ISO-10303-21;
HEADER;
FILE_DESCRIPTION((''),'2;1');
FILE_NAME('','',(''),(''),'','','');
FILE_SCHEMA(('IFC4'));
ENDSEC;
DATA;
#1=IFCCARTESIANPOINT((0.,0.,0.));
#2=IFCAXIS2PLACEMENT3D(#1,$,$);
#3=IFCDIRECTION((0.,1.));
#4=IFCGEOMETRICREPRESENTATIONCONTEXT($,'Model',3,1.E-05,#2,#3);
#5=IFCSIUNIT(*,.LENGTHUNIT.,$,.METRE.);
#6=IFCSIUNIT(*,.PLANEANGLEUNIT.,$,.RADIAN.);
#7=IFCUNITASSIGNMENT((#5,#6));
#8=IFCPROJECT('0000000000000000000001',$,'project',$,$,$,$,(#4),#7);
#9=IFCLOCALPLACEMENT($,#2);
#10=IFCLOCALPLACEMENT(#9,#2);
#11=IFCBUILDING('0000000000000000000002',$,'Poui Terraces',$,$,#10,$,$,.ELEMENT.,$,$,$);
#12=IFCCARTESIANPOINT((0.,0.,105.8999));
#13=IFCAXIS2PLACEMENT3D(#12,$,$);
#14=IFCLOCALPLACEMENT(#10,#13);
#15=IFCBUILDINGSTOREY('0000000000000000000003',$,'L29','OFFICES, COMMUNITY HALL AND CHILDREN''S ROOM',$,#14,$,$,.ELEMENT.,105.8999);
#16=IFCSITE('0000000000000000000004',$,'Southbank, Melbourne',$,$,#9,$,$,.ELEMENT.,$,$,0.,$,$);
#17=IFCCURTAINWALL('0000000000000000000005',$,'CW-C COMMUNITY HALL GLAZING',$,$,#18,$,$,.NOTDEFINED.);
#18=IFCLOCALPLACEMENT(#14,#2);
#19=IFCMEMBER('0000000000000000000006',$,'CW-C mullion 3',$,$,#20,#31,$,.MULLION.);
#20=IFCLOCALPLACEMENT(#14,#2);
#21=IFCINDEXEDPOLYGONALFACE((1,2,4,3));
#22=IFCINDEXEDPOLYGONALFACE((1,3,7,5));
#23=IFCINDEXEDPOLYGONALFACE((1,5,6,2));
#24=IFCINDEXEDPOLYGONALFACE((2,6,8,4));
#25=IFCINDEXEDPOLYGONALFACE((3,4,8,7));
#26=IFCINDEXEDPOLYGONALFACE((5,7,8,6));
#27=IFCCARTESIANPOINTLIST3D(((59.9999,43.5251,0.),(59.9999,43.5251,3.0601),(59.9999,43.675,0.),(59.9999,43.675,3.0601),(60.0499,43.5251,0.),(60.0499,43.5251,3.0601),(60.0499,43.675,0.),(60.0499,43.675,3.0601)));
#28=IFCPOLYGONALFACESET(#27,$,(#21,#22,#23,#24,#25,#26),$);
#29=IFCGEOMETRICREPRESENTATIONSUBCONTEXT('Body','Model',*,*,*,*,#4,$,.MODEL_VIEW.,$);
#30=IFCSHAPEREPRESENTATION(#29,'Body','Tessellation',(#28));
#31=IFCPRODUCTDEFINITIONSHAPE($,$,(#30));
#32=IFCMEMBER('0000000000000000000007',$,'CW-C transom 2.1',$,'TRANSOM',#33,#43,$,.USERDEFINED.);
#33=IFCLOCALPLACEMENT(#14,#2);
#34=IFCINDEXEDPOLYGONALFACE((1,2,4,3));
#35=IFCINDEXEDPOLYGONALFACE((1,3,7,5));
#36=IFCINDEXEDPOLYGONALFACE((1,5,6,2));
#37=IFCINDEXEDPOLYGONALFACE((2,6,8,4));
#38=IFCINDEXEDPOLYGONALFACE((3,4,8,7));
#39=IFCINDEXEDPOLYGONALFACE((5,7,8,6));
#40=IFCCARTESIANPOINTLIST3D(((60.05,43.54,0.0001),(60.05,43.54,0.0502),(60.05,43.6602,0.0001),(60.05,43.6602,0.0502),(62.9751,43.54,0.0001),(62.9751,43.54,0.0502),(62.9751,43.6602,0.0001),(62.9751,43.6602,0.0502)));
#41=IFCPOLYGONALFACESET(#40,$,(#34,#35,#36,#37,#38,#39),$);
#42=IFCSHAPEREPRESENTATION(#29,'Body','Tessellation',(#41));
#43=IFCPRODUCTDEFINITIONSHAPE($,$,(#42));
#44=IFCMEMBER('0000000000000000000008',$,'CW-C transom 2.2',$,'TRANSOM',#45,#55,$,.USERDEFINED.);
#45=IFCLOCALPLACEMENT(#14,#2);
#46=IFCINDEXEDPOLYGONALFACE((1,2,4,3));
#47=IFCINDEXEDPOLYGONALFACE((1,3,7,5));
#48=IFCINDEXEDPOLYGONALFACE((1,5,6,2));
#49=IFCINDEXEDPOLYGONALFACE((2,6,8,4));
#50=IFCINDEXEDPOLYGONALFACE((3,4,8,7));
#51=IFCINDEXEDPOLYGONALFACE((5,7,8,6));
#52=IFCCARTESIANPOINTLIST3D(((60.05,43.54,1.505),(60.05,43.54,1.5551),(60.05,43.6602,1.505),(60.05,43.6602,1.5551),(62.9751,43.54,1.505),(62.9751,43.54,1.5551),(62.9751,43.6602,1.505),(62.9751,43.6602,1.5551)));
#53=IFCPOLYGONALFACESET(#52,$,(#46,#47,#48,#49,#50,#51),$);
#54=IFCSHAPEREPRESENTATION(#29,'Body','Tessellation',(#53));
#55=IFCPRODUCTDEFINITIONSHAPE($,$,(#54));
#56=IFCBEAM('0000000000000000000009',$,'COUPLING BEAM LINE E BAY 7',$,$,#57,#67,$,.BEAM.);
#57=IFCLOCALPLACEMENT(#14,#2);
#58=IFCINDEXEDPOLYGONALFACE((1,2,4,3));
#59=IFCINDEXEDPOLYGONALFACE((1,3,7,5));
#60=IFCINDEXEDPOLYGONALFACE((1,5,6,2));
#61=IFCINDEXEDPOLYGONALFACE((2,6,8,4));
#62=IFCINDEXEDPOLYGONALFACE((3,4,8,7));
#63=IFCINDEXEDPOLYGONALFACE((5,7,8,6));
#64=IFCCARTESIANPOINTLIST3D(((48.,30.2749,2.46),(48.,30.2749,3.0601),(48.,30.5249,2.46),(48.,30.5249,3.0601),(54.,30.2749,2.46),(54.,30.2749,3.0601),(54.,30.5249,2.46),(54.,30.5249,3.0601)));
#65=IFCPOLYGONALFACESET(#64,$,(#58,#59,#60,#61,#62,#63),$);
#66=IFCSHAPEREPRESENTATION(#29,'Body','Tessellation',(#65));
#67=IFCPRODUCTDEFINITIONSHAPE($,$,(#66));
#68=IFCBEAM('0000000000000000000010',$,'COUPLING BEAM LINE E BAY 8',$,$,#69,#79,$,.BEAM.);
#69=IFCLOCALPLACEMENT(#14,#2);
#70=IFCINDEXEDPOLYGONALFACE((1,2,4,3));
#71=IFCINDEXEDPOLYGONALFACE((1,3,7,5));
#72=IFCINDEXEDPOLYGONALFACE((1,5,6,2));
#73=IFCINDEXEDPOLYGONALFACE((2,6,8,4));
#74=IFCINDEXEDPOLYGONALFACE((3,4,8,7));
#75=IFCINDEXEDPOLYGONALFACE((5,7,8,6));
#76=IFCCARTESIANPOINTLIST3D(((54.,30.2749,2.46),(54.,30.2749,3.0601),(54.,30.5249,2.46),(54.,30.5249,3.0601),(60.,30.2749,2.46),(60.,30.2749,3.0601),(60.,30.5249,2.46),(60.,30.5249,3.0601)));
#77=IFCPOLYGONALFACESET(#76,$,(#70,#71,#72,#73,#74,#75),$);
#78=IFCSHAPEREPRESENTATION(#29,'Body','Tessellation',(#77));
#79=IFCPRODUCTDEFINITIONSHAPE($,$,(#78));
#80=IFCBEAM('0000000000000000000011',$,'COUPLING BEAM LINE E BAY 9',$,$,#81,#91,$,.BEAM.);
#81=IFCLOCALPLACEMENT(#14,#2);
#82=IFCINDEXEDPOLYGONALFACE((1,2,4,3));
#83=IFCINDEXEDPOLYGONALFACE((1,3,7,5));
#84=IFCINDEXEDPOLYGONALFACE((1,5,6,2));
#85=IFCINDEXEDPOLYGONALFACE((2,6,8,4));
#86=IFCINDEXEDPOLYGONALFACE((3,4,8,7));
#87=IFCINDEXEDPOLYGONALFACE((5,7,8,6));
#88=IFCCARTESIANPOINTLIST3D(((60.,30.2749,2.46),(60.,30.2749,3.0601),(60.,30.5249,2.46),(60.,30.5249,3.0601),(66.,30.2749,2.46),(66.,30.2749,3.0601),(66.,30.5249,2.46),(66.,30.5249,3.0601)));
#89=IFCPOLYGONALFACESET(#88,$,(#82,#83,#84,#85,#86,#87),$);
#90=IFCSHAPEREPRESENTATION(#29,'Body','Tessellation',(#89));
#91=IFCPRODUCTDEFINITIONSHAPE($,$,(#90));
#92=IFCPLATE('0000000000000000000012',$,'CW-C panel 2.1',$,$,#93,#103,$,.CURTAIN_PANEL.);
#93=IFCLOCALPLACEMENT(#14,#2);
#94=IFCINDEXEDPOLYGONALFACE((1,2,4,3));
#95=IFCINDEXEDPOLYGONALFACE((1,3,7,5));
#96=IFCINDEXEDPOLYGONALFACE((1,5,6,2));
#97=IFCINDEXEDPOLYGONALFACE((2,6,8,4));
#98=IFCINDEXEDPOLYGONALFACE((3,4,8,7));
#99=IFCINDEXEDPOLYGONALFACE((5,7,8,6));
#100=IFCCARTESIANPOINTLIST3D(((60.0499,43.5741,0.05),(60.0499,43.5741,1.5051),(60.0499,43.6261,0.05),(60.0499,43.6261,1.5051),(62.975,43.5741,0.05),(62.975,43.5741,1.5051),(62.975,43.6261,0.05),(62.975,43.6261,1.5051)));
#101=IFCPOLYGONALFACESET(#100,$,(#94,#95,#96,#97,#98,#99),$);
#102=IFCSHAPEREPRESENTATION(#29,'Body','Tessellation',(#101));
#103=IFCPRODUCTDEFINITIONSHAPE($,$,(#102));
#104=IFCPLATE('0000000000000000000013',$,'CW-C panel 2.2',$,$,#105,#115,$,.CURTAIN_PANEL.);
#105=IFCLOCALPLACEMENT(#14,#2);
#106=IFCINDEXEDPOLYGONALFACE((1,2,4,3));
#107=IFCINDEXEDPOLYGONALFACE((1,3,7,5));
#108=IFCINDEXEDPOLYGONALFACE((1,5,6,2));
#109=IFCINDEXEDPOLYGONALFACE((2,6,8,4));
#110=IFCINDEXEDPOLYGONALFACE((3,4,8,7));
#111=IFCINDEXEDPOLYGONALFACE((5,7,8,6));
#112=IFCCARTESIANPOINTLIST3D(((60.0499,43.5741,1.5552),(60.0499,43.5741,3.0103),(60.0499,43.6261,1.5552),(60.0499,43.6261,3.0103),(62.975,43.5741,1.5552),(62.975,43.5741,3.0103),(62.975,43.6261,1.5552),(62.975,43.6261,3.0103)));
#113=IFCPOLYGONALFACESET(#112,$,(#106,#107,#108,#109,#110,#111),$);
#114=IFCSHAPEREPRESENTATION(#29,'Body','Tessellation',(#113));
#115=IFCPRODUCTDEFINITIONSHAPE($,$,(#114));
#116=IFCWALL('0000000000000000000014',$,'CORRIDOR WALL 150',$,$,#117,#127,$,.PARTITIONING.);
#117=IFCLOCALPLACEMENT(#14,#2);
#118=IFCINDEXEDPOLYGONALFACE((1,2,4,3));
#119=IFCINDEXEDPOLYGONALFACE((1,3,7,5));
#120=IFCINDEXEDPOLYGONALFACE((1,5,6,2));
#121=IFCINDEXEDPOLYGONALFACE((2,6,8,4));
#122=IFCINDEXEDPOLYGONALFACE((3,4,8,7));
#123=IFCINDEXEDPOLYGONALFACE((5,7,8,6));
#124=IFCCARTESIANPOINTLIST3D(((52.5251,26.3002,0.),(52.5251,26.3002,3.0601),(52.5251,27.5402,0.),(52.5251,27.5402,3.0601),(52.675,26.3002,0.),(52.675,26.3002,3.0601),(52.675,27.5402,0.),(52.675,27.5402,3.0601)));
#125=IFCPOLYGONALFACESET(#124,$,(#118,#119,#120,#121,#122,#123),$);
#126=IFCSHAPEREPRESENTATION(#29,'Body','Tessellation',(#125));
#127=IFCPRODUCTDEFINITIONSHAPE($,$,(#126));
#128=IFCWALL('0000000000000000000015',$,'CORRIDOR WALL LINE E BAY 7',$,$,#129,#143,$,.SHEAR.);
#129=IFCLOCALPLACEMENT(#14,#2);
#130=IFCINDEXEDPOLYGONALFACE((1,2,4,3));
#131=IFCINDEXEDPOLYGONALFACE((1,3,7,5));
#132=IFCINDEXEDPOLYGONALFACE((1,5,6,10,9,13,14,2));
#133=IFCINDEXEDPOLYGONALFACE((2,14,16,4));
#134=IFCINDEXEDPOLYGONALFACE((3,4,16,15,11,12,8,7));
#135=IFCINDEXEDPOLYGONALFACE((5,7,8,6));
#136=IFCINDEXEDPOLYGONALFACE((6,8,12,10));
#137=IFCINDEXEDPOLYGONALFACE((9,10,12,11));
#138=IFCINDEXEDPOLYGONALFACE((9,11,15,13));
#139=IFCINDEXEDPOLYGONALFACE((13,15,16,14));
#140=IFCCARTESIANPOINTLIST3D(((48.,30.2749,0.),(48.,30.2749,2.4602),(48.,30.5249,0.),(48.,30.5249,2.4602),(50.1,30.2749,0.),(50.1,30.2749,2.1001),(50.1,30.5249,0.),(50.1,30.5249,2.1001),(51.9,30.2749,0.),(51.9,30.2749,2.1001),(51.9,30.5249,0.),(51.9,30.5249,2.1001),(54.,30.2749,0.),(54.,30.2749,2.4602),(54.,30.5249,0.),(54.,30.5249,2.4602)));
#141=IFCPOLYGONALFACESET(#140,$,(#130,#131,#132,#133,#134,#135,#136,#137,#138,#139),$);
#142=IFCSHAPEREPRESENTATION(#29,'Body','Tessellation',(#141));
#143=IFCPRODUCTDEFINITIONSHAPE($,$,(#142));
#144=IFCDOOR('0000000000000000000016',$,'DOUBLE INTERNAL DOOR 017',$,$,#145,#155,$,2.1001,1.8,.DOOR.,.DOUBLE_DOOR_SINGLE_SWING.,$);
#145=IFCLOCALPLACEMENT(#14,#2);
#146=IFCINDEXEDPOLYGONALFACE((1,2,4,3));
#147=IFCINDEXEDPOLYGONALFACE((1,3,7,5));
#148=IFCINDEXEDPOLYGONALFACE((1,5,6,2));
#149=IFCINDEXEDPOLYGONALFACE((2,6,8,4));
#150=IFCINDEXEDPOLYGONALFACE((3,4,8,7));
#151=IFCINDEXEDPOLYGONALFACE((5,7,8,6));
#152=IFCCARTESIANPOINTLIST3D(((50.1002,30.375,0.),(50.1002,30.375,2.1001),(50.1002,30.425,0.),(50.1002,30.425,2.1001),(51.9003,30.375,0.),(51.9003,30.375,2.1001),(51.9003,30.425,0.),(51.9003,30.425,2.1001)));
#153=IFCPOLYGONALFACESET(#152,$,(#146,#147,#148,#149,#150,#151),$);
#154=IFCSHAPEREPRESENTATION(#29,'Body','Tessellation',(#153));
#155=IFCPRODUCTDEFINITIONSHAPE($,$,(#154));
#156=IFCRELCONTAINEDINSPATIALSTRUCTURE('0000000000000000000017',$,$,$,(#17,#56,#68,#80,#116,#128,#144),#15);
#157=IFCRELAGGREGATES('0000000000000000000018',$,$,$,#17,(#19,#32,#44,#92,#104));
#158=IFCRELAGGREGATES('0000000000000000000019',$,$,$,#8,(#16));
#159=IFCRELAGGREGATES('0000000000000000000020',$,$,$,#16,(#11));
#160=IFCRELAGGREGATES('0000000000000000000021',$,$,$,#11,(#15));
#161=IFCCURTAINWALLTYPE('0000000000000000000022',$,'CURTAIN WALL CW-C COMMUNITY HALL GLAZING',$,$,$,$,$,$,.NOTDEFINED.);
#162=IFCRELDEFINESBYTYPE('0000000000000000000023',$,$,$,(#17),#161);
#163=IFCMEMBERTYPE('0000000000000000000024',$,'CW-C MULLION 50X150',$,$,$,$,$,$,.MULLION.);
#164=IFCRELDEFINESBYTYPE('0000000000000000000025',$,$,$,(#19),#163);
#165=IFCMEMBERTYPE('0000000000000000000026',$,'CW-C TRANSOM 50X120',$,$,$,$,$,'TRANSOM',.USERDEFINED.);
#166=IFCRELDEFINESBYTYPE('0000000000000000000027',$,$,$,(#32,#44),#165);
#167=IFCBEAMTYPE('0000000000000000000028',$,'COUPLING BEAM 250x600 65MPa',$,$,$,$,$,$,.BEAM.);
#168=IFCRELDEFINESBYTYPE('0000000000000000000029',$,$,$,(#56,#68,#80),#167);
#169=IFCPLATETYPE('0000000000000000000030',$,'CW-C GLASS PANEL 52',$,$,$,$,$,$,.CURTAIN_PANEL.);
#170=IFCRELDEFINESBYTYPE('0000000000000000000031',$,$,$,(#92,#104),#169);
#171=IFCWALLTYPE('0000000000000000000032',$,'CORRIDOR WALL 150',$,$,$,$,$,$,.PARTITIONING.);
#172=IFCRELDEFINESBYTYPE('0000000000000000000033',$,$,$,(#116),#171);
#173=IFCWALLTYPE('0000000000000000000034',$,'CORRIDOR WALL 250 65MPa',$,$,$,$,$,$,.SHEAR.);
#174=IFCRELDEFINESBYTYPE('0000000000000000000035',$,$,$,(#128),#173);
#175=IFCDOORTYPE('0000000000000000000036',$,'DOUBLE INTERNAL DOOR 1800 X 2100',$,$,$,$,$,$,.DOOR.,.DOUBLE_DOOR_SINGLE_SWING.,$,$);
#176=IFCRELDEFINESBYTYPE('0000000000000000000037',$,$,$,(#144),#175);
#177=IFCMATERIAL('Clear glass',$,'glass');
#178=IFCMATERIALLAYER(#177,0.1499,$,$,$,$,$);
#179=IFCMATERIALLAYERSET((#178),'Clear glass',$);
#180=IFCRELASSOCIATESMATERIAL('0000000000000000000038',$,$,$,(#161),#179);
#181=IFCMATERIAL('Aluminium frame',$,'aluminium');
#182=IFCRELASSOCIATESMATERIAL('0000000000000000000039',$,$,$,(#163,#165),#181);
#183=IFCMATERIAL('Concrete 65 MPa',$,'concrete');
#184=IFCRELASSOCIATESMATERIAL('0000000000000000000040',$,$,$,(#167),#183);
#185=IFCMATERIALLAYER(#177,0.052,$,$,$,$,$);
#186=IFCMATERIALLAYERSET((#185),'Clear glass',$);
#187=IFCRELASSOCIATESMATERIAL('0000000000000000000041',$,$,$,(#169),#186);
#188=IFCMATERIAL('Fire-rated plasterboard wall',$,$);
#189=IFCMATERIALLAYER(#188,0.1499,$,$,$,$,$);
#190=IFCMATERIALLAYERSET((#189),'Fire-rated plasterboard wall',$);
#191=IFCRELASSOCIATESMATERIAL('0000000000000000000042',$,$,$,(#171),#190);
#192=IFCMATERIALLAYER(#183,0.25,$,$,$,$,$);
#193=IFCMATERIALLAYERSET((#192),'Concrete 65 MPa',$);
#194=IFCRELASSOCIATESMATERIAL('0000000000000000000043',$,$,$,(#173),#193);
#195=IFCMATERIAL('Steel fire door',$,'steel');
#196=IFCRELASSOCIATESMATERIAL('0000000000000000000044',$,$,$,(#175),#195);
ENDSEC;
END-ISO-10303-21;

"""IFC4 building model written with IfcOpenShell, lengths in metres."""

from ifc_helpers import new_model, si_unit, direction, frame, frame_2d, origin, origin_2d, place, context, subcontext, project, spatial, rectangle, extrude, source, transform, mapped, material, layer, layer_set, material_profile, profile_set, type_object, element, fill, aggregate, save


model = new_model("IFC4")

# Units and contexts
model_context = context("Model", 3, precision=1e-05, world=origin(), true_north=direction((0.0, 1.0)))
body_context = subcontext(model_context, "Body", "Model", "MODEL_VIEW")
ifc_project = project(units=[si_unit("LENGTHUNIT", "METRE"), si_unit("PLANEANGLEUNIT", "RADIAN")], contexts=[model_context])

# Site, building, storey
site_placement = place(None, origin())
site = spatial("IfcSite", under=ifc_project, at=site_placement, Name="Southbank, Melbourne", CompositionType="ELEMENT", RefElevation=0.0)
building_placement = place(site_placement, origin())
building = spatial("IfcBuilding", under=site, at=building_placement, Name="Poui Terraces", CompositionType="ELEMENT")
storey_placement = place(building_placement, frame((0.0, 0.0, 105.8999)))
storey = spatial("IfcBuildingStorey", under=building, at=storey_placement, Name="L29", Description="OFFICES, COMMUNITY HALL AND CHILDREN'S ROOM", CompositionType="ELEMENT", Elevation=105.8999)

# Curtain wall, members
ifc_material_1 = material(Name="Clear glass", Category="glass")
ifc_layer_1 = layer(ifc_material_1, 0.1499)
ifc_layer_set_1 = layer_set([ifc_layer_1], Name="Clear glass")
curtain_wall_type = type_object("IfcCurtainWallType", Name="CURTAIN WALL CW-C COMMUNITY HALL GLAZING", PredefinedType="NOTDEFINED", material=ifc_layer_set_1)
curtain_wall_placement = place(storey_placement, origin())
curtain_wall = element("IfcCurtainWall", 1, at=curtain_wall_placement, inside=storey, type_object=curtain_wall_type, Name="CW-C COMMUNITY HALL GLAZING", PredefinedType="NOTDEFINED")
ifc_material_2 = material(Name="Aluminium frame", Category="aluminium")
ifc_material_profile_1 = material_profile(ifc_material_2, rectangle(XDim=0.1499, YDim=0.05, at=origin_2d()), Name="CW-C MULLION 50X150")
ifc_profile_set_1 = profile_set([ifc_material_profile_1], Name="Aluminium frame")
member_type_1 = type_object("IfcMemberType", Name="CW-C MULLION 50X150", PredefinedType="MULLION", material=ifc_profile_set_1)
member_1_placement = place(storey_placement, frame((60.0249, 43.6001, 0.0), z_axis=(0.0, 0.0, 1.0), x_axis=(0.0, -1.0, 0.0)))
member_1 = element("IfcMember", 2, at=member_1_placement, type_object=member_type_1, Name="CW-C mullion 3", PredefinedType="MULLION", context=body_context, shape_type="SweptSolid", body=[
    extrude(rectangle(XDim=0.1499, YDim=0.05, at=origin_2d()), origin(), (0.0, 0.0, 1.0), 3.0601),
])
ifc_material_profile_2 = material_profile(ifc_material_2, rectangle(XDim=0.1201, YDim=0.05, at=origin_2d()), Name="CW-C TRANSOM 50X120")
ifc_profile_set_2 = profile_set([ifc_material_profile_2], Name="Aluminium frame")
member_type_2 = type_object("IfcMemberType", Name="CW-C TRANSOM 50X120", ElementType="TRANSOM", PredefinedType="USERDEFINED", material=ifc_profile_set_2)
member_2_placement = place(storey_placement, frame((62.9751, 43.6001, 0.0251), z_axis=(-1.0, 0.0, 0.0), x_axis=(0.0, -1.0, 0.0)))
member_2 = element("IfcMember", 3, at=member_2_placement, type_object=member_type_2, Name="CW-C transom 2.1", ObjectType="TRANSOM", PredefinedType="USERDEFINED", context=body_context, shape_type="SweptSolid", body=[
    extrude(rectangle(XDim=0.1201, YDim=0.05, at=origin_2d()), origin(), (0.0, 0.0, 1.0), 2.925),
])
member_3_placement = place(storey_placement, frame((62.9751, 43.6001, 1.53), z_axis=(-1.0, 0.0, 0.0), x_axis=(0.0, -1.0, 0.0)))
member_3 = element("IfcMember", 4, at=member_3_placement, type_object=member_type_2, Name="CW-C transom 2.2", ObjectType="TRANSOM", PredefinedType="USERDEFINED", context=body_context, shape_type="SweptSolid", body=[
    extrude(rectangle(XDim=0.1201, YDim=0.05, at=origin_2d()), origin(), (0.0, 0.0, 1.0), 2.925),
])

# Beams
ifc_material_3 = material(Name="Concrete 65 MPa", Category="concrete")
ifc_material_profile_3 = material_profile(ifc_material_3, rectangle(XDim=0.25, YDim=0.6001, at=origin_2d()), Name="RC 250x600")
ifc_profile_set_3 = profile_set([ifc_material_profile_3], Name="Concrete 65 MPa")
beam_type = type_object("IfcBeamType", Name="COUPLING BEAM 250x600 65MPa", PredefinedType="BEAM", material=ifc_profile_set_3)
shared_shape = source(origin(), body_context, "Body", "SweptSolid", [
    extrude(rectangle(XDim=0.25, YDim=0.6001, at=origin_2d()), origin(), (0.0, 0.0, 1.0), 6.0),
])
for number, where, z_axis, x_axis, name in (
    (5, (48.0, 30.3999, 2.76), (1.0, 0.0, 0.0), (0.0, 1.0, 0.0), "COUPLING BEAM LINE E BAY 7"),
    (6, (54.0, 30.3999, 2.76), (1.0, 0.0, 0.0), (0.0, 1.0, 0.0), "COUPLING BEAM LINE E BAY 8"),
    (7, (60.0, 30.3999, 2.76), (1.0, 0.0, 0.0), (0.0, 1.0, 0.0), "COUPLING BEAM LINE E BAY 9"),
):
    element("IfcBeam", number, at=place(storey_placement, frame(where, z_axis=z_axis, x_axis=x_axis)), inside=storey, type_object=beam_type, Name=name, PredefinedType="BEAM", context=body_context, shape_type="MappedRepresentation", body=[
        mapped(shared_shape, transform((0.0, 0.0, 0.0))),
    ])

# Plates
ifc_layer_2 = layer(ifc_material_1, 0.052)
ifc_layer_set_2 = layer_set([ifc_layer_2], Name="Clear glass")
plate_type = type_object("IfcPlateType", Name="CW-C GLASS PANEL 52", PredefinedType="CURTAIN_PANEL", material=ifc_layer_set_2)
plate_1_placement = place(storey_placement, frame((61.5125, 43.6001, 0.05), z_axis=(0.0, 0.0, 1.0), x_axis=(-1.0, 0.0, 0.0)))
plate_1 = element("IfcPlate", 8, at=plate_1_placement, type_object=plate_type, Name="CW-C panel 2.1", PredefinedType="CURTAIN_PANEL", context=body_context, shape_type="SweptSolid", body=[
    extrude(rectangle(XDim=2.925, YDim=0.052, at=origin_2d()), origin(), (0.0, 0.0, 1.0), 1.4551),
])
plate_2_placement = place(storey_placement, frame((61.5125, 43.6001, 1.5552), z_axis=(0.0, 0.0, 1.0), x_axis=(-1.0, 0.0, 0.0)))
plate_2 = element("IfcPlate", 9, at=plate_2_placement, type_object=plate_type, Name="CW-C panel 2.2", PredefinedType="CURTAIN_PANEL", context=body_context, shape_type="SweptSolid", body=[
    extrude(rectangle(XDim=2.925, YDim=0.052, at=origin_2d()), origin(), (0.0, 0.0, 1.0), 1.4551),
])
aggregate(curtain_wall, [member_1, member_2, member_3, plate_1, plate_2])

# Wall
ifc_material_4 = material(Name="Fire-rated plasterboard wall")
ifc_layer_3 = layer(ifc_material_4, 0.1499)
ifc_layer_set_3 = layer_set([ifc_layer_3], Name="Fire-rated plasterboard wall")
wall_type_1 = type_object("IfcWallType", Name="CORRIDOR WALL 150", PredefinedType="PARTITIONING", material=ifc_layer_set_3)
wall_1_placement = place(storey_placement, frame((52.6001, 26.3, 0.0), z_axis=(0.0, 0.0, 1.0), x_axis=(0.0, 1.0, 0.0)))
element("IfcWall", 10, at=wall_1_placement, inside=storey, type_object=wall_type_1, Name="CORRIDOR WALL 150", PredefinedType="PARTITIONING", context=body_context, shape_type="SweptSolid", body=[
    extrude(rectangle(XDim=1.24, YDim=0.1499, at=frame_2d((0.6201, 0.0))), origin(), (0.0, 0.0, 1.0), 3.0601),
])

# Wall, opening, door
ifc_layer_4 = layer(ifc_material_3, 0.25)
ifc_layer_set_4 = layer_set([ifc_layer_4], Name="Concrete 65 MPa")
wall_type_2 = type_object("IfcWallType", Name="CORRIDOR WALL 250 65MPa", PredefinedType="SHEAR", material=ifc_layer_set_4)
wall_2_placement = place(storey_placement, frame((48.0, 30.3999, 0.0), z_axis=(0.0, 0.0, 1.0), x_axis=(1.0, 0.0, 0.0)))
wall_2 = element("IfcWall", 11, at=wall_2_placement, inside=storey, type_object=wall_type_2, Name="CORRIDOR WALL LINE E BAY 7", PredefinedType="SHEAR", context=body_context, shape_type="SweptSolid", body=[
    extrude(rectangle(XDim=6.0, YDim=0.25, at=frame_2d((3.0, 0.0))), origin(), (0.0, 0.0, 1.0), 2.4602),
])
opening_1_placement = place(wall_2_placement, frame((2.1001, 0.0, 0.0)))
opening_1 = element("IfcOpeningElement", 12, at=opening_1_placement, cuts=wall_2, PredefinedType="OPENING", context=body_context, shape_type="SweptSolid", body=[
    extrude(rectangle(XDim=1.8, YDim=2.1001, at=frame_2d((0.8999, 1.05))), frame((0.0, 0.135, 0.0), z_axis=(0.0, -1.0, 0.0), x_axis=(1.0, 0.0, 0.0)), (0.0, 0.0, 1.0), 0.27),
])
ifc_material_5 = material(Name="Steel fire door", Category="steel")
door_type = type_object("IfcDoorType", Name="DOUBLE INTERNAL DOOR 1800 X 2100", OperationType="DOUBLE_DOOR_SINGLE_SWING", PredefinedType="DOOR", material=ifc_material_5)
door_1_placement = place(opening_1_placement, frame((1.8, 0.0, 0.0), z_axis=(0.0, 0.0, 1.0), x_axis=(-1.0, 0.0, 0.0)))
door_1 = element("IfcDoor", 13, at=door_1_placement, inside=storey, type_object=door_type, Name="DOUBLE INTERNAL DOOR 017", OperationType="DOUBLE_DOOR_SINGLE_SWING", OverallHeight=2.1001, OverallWidth=1.8, PredefinedType="DOOR", context=body_context, shape_type="SweptSolid", body=[
    extrude(rectangle(XDim=1.8, YDim=2.1001, at=frame_2d((0.8999, 1.05))), frame((0.0, 0.0249, 0.0), z_axis=(0.0, -1.0, 0.0), x_axis=(1.0, 0.0, 0.0)), (0.0, 0.0, 1.0), 0.05),
])
fill(opening_1, door_1)

save(model, "model.ifc")
